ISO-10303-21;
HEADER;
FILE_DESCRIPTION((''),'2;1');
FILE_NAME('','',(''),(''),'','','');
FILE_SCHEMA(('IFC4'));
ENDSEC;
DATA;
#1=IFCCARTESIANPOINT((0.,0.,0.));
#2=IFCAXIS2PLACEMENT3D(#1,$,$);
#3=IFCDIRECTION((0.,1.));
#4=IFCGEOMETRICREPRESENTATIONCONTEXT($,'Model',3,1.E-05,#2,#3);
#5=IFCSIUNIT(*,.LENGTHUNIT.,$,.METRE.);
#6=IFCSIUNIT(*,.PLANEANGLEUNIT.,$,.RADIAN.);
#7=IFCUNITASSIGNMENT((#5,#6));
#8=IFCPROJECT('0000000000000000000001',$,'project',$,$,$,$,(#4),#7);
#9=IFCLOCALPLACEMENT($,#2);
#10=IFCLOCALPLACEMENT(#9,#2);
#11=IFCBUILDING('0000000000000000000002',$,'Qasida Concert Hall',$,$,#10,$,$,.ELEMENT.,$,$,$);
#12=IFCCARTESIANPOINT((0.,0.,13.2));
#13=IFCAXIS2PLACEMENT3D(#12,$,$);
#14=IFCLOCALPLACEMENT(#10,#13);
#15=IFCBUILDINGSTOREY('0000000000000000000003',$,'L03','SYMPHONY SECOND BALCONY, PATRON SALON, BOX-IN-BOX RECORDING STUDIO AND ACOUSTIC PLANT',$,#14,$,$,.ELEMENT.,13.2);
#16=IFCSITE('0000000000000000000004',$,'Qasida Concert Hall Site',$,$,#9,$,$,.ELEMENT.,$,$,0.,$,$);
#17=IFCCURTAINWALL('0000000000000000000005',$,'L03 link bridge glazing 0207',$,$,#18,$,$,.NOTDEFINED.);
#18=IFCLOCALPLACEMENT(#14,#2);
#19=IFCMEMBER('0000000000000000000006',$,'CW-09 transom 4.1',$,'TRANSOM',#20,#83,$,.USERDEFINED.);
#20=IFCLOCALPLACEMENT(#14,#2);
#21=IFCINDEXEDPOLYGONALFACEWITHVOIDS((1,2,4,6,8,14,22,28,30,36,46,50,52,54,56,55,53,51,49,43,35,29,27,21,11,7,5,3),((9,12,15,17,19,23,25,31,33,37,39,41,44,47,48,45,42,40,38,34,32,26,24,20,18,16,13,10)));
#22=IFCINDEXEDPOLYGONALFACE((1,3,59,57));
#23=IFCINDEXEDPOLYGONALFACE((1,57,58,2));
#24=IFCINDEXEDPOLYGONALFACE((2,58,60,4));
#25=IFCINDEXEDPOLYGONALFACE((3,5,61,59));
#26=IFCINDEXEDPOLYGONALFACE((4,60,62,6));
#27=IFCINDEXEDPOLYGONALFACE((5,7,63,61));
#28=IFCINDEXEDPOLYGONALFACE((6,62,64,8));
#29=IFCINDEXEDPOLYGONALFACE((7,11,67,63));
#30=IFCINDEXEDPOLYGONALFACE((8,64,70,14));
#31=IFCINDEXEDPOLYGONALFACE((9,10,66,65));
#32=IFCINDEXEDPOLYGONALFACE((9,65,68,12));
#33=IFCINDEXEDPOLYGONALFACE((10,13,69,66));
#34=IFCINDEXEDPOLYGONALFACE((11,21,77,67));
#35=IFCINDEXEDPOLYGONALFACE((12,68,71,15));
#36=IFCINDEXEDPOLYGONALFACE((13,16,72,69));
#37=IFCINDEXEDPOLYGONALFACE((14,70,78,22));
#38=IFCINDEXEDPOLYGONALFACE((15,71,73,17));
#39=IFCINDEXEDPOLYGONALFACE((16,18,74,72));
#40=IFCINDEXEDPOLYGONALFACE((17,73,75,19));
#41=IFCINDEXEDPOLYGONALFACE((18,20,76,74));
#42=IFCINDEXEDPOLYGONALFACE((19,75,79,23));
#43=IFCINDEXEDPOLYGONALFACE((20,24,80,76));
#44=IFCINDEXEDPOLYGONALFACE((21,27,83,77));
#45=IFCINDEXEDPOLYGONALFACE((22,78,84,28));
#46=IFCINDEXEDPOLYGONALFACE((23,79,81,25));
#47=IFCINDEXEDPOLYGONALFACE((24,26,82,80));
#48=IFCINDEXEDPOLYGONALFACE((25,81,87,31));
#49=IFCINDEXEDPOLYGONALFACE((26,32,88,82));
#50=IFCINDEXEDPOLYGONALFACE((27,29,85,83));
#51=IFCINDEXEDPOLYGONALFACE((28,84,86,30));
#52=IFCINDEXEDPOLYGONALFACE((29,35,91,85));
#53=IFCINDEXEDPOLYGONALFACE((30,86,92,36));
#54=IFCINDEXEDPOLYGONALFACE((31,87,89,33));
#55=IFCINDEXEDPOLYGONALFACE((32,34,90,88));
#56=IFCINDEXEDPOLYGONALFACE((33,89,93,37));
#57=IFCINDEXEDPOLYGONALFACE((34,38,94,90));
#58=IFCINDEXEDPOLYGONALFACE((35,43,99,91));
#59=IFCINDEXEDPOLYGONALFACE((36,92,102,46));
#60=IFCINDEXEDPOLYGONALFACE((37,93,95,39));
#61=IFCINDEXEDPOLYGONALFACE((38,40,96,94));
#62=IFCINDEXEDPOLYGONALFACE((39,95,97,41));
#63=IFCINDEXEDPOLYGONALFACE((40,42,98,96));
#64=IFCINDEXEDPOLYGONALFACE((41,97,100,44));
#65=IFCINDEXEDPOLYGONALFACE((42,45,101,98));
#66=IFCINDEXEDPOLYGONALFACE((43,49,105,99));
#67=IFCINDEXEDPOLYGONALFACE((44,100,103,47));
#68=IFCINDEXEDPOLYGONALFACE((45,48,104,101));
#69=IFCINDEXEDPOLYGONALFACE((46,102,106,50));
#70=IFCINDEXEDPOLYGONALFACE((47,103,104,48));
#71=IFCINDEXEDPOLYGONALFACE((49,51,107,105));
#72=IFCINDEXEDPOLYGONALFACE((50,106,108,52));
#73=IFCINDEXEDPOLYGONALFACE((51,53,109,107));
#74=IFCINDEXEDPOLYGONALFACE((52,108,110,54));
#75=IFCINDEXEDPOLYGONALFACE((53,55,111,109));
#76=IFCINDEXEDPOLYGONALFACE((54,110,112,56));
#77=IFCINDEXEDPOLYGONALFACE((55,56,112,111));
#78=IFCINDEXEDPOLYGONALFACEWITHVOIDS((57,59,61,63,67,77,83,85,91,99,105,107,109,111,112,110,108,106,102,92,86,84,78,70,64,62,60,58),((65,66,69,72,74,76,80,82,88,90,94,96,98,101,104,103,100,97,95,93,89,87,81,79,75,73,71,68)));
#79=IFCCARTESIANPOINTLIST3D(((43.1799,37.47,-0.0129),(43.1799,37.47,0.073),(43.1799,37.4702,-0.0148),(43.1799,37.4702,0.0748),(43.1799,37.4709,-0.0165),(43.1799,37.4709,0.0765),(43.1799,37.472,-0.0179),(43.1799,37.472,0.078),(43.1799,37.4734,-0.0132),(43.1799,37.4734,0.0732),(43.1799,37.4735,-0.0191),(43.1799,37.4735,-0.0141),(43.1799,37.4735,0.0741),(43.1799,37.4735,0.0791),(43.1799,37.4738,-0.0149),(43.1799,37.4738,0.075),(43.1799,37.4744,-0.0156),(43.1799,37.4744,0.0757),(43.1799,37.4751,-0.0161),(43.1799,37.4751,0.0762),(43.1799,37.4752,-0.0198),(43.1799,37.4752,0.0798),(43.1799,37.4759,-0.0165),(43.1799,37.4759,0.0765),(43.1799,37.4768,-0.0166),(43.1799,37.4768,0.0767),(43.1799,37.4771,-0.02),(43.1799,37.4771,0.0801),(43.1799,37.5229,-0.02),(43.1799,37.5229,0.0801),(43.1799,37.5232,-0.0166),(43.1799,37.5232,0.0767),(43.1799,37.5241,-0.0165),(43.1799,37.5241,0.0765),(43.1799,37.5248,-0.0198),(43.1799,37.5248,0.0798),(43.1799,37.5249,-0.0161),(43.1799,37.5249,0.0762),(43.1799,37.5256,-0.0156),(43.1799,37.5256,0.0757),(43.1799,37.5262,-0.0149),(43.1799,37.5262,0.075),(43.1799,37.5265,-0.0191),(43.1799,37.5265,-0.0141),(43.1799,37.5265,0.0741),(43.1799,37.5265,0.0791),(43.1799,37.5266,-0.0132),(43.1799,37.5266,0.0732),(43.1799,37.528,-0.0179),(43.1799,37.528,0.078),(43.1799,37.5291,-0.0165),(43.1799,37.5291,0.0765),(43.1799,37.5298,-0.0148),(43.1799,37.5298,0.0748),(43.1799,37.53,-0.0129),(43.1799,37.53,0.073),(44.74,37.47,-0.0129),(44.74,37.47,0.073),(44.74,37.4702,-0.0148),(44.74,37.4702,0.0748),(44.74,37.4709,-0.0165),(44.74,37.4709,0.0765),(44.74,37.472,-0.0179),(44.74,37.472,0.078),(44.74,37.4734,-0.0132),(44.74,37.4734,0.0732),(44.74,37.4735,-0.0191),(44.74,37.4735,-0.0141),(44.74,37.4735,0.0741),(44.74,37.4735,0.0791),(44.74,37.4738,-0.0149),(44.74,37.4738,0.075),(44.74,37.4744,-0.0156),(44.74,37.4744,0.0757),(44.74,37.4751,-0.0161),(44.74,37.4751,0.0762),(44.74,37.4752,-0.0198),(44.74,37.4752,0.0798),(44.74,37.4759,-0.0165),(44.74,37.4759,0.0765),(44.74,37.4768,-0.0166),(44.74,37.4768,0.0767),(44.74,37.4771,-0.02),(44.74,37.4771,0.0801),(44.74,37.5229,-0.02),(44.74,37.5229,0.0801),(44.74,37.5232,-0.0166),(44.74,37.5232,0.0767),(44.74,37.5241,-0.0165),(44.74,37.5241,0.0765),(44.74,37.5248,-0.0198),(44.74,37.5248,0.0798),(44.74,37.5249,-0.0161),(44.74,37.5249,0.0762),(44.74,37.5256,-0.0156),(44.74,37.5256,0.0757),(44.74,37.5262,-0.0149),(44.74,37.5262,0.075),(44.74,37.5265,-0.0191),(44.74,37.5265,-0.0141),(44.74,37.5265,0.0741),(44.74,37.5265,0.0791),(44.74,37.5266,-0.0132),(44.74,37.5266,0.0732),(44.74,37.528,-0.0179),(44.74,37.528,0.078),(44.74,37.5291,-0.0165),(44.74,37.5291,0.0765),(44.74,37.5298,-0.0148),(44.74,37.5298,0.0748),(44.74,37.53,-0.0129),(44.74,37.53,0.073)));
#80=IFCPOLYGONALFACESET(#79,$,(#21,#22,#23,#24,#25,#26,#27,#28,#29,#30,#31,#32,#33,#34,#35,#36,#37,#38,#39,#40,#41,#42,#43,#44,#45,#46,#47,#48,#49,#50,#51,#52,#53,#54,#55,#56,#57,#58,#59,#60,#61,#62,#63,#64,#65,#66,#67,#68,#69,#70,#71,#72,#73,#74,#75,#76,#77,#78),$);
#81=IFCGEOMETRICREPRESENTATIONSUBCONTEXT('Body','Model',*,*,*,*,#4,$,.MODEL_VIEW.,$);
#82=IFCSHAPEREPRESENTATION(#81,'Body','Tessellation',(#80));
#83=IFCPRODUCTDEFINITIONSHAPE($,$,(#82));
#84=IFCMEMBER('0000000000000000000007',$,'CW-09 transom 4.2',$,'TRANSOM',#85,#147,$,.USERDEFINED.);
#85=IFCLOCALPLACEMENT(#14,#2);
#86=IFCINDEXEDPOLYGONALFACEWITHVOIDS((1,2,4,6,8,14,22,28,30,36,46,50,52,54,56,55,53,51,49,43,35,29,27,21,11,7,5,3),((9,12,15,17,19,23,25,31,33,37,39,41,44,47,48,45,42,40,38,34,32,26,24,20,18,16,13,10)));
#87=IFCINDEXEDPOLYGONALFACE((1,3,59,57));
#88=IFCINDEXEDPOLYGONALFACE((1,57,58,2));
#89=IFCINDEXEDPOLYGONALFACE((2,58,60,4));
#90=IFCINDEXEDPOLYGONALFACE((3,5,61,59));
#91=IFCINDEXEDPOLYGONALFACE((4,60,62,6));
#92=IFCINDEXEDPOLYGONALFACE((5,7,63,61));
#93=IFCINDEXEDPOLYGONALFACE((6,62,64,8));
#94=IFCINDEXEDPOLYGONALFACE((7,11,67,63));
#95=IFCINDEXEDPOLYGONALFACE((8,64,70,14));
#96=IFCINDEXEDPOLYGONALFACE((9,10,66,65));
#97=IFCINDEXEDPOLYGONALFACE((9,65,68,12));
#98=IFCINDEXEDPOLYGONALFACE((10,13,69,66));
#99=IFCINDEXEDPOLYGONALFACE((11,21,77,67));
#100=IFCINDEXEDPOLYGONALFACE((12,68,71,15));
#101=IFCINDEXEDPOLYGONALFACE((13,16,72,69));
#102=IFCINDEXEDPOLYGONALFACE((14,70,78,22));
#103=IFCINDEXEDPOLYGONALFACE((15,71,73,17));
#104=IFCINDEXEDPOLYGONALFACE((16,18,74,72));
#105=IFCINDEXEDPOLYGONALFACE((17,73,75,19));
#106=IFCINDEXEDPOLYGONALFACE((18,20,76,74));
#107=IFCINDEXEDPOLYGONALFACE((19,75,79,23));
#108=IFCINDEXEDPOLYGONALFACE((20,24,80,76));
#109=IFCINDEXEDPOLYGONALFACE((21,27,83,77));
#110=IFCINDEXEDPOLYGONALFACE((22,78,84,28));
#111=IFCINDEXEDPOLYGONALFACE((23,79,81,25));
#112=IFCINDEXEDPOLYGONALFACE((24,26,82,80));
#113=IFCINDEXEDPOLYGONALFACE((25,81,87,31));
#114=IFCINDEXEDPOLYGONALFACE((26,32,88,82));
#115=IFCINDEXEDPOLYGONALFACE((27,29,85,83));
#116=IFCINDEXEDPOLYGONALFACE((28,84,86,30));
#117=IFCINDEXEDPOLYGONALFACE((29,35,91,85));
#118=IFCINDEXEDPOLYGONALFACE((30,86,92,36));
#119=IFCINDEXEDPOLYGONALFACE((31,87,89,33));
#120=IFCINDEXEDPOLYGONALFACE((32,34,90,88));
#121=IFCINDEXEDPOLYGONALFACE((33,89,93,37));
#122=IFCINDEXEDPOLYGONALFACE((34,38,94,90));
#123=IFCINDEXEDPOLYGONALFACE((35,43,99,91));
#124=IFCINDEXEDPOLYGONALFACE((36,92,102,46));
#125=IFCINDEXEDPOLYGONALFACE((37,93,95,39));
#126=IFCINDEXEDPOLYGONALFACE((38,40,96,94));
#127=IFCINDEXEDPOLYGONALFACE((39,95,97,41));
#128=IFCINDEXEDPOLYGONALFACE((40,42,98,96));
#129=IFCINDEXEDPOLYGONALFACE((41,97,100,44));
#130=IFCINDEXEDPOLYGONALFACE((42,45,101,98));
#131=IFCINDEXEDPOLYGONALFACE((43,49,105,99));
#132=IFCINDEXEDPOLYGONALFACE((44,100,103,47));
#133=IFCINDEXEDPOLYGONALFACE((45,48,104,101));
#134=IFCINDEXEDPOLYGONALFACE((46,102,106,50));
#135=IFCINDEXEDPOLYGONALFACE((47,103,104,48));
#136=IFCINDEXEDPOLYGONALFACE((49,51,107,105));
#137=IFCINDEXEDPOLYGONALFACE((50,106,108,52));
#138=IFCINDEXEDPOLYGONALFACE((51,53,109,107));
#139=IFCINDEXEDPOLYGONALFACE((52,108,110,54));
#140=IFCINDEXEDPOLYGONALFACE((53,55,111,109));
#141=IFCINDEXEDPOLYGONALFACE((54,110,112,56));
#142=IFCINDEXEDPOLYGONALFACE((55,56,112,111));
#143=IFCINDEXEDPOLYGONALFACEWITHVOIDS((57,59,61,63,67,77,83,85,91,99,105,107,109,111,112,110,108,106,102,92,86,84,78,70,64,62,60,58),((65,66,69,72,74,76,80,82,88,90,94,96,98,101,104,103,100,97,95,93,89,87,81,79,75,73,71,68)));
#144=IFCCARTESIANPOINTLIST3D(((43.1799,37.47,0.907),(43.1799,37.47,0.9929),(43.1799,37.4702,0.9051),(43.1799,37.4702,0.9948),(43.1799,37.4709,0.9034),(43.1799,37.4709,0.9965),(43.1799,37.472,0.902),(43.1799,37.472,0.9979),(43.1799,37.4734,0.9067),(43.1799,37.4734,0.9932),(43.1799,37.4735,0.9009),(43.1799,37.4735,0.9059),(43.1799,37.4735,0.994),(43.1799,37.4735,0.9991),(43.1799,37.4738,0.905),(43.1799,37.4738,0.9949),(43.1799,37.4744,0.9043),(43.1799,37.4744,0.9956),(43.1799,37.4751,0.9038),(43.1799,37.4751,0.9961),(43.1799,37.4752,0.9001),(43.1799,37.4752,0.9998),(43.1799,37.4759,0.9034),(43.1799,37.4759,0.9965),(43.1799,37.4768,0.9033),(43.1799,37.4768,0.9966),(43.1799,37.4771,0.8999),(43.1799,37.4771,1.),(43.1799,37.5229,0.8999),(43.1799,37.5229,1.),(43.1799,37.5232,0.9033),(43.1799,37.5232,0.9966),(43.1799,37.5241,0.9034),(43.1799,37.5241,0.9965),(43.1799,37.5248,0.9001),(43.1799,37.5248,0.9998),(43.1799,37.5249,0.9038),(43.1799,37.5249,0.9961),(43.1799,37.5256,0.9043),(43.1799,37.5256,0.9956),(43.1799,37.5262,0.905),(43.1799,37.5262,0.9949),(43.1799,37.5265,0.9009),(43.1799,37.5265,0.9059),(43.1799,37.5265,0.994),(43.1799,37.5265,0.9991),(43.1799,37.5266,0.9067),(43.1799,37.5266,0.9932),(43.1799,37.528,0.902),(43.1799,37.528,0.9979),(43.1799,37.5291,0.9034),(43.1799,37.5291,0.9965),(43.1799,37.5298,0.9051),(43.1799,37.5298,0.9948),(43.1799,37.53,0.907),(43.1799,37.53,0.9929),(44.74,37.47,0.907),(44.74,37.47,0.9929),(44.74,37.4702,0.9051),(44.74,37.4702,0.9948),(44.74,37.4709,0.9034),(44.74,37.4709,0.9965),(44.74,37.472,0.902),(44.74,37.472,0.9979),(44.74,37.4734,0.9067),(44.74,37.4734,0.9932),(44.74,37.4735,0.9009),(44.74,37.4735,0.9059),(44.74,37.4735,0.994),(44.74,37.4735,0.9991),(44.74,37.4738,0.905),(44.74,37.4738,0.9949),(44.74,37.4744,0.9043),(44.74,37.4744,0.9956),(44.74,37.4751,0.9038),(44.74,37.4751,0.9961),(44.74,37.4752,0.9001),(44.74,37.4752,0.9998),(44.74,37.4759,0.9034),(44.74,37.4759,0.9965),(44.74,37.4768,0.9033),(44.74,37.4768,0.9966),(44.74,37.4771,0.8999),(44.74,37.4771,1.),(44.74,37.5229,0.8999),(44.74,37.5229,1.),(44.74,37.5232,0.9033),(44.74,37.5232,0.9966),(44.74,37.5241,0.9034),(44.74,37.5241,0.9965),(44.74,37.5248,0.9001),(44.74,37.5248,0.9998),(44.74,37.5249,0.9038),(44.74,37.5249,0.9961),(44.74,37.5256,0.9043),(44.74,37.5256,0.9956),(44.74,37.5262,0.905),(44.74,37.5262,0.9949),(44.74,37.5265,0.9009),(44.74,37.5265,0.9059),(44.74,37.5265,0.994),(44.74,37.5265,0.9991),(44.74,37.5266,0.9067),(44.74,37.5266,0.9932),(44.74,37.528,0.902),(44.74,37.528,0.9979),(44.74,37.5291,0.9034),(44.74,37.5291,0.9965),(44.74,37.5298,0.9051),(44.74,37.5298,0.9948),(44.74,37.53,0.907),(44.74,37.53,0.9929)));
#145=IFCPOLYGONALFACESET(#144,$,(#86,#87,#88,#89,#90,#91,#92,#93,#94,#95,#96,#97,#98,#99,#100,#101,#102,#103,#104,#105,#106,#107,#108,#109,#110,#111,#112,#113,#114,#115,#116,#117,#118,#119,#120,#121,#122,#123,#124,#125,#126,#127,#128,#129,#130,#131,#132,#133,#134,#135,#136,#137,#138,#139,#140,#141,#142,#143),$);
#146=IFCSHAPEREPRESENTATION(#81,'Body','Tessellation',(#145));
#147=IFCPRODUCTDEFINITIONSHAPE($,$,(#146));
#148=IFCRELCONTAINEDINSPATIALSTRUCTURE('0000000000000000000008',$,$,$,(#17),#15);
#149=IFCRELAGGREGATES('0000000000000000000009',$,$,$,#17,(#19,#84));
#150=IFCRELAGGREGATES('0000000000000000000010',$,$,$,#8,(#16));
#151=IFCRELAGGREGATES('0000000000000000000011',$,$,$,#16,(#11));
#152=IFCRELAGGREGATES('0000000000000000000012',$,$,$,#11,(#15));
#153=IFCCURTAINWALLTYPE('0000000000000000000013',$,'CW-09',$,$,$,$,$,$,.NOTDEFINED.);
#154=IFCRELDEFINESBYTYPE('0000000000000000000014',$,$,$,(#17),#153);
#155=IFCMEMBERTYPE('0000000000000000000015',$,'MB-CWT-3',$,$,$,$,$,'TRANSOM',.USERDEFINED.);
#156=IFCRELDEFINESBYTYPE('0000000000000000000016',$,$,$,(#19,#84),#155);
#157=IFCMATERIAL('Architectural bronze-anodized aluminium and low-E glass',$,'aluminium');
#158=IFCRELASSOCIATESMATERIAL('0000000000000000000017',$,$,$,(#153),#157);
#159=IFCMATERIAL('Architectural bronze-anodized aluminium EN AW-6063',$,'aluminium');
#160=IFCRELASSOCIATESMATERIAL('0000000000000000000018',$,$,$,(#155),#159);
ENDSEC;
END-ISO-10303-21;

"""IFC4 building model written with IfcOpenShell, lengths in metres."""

from ifc_helpers import new_model, si_unit, direction, frame, origin, origin_2d, place, context, subcontext, project, spatial, hollow_rectangle, extrude, material, material_profile, profile_set, type_object, element, aggregate, save


model = new_model("IFC4")

# Units and contexts
model_context = context("Model", 3, precision=1e-05, world=origin(), true_north=direction((0.0, 1.0)))
body_context = subcontext(model_context, "Body", "Model", "MODEL_VIEW")
ifc_project = project(units=[si_unit("LENGTHUNIT", "METRE"), si_unit("PLANEANGLEUNIT", "RADIAN")], contexts=[model_context])

# Site, building, storey
site_placement = place(None, origin())
site = spatial("IfcSite", under=ifc_project, at=site_placement, Name="Qasida Concert Hall Site", CompositionType="ELEMENT", RefElevation=0.0)
building_placement = place(site_placement, origin())
building = spatial("IfcBuilding", under=site, at=building_placement, Name="Qasida Concert Hall", CompositionType="ELEMENT")
storey_placement = place(building_placement, frame((0.0, 0.0, 13.2)))
storey = spatial("IfcBuildingStorey", under=building, at=storey_placement, Name="L03", Description="SYMPHONY SECOND BALCONY, PATRON SALON, BOX-IN-BOX RECORDING STUDIO AND ACOUSTIC PLANT", CompositionType="ELEMENT", Elevation=13.2)

# Shared definitions
ifc_material_1 = material(Name="Architectural bronze-anodized aluminium and low-E glass", Category="aluminium")
curtain_wall_type = type_object("IfcCurtainWallType", Name="CW-09", PredefinedType="NOTDEFINED", material=ifc_material_1)
ifc_material_2 = material(Name="Architectural bronze-anodized aluminium EN AW-6063", Category="aluminium")

# Curtain wall
curtain_wall_1_placement = place(storey_placement, origin())
curtain_wall_1 = element("IfcCurtainWall", 1, at=curtain_wall_1_placement, inside=storey, type_object=curtain_wall_type, Name="L03 link bridge glazing 0207", PredefinedType="NOTDEFINED")

# Members
ifc_material_profile_1 = material_profile(ifc_material_2, hollow_rectangle(XDim=0.0601, YDim=0.1001, WallThickness=0.0034, InnerFilletRadius=0.0034, OuterFilletRadius=0.0071, at=origin_2d()), Name="CWT 100x60x3.5")
ifc_profile_set_1 = profile_set([ifc_material_profile_1], Name="Architectural bronze-anodized aluminium EN AW-6063")
member_type_1 = type_object("IfcMemberType", Name="MB-CWT-3", ElementType="TRANSOM", PredefinedType="USERDEFINED", material=ifc_profile_set_1)
member_1_placement = place(storey_placement, frame((43.1799, 37.5, 0.03), z_axis=(1.0, 0.0, 0.0), x_axis=(0.0, 1.0, 0.0)))
member_1 = element("IfcMember", 2, at=member_1_placement, type_object=member_type_1, Name="CW-09 transom 4.1", ObjectType="TRANSOM", PredefinedType="USERDEFINED", context=body_context, shape_type="SweptSolid", body=[
    extrude(hollow_rectangle(XDim=0.0601, YDim=0.1001, WallThickness=0.0034, InnerFilletRadius=0.0034, OuterFilletRadius=0.0071, at=origin_2d()), origin(), (0.0, 0.0, 1.0), 1.5601),
])
member_2_placement = place(storey_placement, frame((43.1799, 37.5, 0.95), z_axis=(1.0, 0.0, 0.0), x_axis=(0.0, 1.0, 0.0)))
member_2 = element("IfcMember", 3, at=member_2_placement, type_object=member_type_1, Name="CW-09 transom 4.2", ObjectType="TRANSOM", PredefinedType="USERDEFINED", context=body_context, shape_type="SweptSolid", body=[
    extrude(hollow_rectangle(XDim=0.0601, YDim=0.1001, WallThickness=0.0034, InnerFilletRadius=0.0034, OuterFilletRadius=0.0071, at=origin_2d()), origin(), (0.0, 0.0, 1.0), 1.5601),
])

aggregate(curtain_wall_1, [member_1, member_2])

save(model, "model.ifc")
